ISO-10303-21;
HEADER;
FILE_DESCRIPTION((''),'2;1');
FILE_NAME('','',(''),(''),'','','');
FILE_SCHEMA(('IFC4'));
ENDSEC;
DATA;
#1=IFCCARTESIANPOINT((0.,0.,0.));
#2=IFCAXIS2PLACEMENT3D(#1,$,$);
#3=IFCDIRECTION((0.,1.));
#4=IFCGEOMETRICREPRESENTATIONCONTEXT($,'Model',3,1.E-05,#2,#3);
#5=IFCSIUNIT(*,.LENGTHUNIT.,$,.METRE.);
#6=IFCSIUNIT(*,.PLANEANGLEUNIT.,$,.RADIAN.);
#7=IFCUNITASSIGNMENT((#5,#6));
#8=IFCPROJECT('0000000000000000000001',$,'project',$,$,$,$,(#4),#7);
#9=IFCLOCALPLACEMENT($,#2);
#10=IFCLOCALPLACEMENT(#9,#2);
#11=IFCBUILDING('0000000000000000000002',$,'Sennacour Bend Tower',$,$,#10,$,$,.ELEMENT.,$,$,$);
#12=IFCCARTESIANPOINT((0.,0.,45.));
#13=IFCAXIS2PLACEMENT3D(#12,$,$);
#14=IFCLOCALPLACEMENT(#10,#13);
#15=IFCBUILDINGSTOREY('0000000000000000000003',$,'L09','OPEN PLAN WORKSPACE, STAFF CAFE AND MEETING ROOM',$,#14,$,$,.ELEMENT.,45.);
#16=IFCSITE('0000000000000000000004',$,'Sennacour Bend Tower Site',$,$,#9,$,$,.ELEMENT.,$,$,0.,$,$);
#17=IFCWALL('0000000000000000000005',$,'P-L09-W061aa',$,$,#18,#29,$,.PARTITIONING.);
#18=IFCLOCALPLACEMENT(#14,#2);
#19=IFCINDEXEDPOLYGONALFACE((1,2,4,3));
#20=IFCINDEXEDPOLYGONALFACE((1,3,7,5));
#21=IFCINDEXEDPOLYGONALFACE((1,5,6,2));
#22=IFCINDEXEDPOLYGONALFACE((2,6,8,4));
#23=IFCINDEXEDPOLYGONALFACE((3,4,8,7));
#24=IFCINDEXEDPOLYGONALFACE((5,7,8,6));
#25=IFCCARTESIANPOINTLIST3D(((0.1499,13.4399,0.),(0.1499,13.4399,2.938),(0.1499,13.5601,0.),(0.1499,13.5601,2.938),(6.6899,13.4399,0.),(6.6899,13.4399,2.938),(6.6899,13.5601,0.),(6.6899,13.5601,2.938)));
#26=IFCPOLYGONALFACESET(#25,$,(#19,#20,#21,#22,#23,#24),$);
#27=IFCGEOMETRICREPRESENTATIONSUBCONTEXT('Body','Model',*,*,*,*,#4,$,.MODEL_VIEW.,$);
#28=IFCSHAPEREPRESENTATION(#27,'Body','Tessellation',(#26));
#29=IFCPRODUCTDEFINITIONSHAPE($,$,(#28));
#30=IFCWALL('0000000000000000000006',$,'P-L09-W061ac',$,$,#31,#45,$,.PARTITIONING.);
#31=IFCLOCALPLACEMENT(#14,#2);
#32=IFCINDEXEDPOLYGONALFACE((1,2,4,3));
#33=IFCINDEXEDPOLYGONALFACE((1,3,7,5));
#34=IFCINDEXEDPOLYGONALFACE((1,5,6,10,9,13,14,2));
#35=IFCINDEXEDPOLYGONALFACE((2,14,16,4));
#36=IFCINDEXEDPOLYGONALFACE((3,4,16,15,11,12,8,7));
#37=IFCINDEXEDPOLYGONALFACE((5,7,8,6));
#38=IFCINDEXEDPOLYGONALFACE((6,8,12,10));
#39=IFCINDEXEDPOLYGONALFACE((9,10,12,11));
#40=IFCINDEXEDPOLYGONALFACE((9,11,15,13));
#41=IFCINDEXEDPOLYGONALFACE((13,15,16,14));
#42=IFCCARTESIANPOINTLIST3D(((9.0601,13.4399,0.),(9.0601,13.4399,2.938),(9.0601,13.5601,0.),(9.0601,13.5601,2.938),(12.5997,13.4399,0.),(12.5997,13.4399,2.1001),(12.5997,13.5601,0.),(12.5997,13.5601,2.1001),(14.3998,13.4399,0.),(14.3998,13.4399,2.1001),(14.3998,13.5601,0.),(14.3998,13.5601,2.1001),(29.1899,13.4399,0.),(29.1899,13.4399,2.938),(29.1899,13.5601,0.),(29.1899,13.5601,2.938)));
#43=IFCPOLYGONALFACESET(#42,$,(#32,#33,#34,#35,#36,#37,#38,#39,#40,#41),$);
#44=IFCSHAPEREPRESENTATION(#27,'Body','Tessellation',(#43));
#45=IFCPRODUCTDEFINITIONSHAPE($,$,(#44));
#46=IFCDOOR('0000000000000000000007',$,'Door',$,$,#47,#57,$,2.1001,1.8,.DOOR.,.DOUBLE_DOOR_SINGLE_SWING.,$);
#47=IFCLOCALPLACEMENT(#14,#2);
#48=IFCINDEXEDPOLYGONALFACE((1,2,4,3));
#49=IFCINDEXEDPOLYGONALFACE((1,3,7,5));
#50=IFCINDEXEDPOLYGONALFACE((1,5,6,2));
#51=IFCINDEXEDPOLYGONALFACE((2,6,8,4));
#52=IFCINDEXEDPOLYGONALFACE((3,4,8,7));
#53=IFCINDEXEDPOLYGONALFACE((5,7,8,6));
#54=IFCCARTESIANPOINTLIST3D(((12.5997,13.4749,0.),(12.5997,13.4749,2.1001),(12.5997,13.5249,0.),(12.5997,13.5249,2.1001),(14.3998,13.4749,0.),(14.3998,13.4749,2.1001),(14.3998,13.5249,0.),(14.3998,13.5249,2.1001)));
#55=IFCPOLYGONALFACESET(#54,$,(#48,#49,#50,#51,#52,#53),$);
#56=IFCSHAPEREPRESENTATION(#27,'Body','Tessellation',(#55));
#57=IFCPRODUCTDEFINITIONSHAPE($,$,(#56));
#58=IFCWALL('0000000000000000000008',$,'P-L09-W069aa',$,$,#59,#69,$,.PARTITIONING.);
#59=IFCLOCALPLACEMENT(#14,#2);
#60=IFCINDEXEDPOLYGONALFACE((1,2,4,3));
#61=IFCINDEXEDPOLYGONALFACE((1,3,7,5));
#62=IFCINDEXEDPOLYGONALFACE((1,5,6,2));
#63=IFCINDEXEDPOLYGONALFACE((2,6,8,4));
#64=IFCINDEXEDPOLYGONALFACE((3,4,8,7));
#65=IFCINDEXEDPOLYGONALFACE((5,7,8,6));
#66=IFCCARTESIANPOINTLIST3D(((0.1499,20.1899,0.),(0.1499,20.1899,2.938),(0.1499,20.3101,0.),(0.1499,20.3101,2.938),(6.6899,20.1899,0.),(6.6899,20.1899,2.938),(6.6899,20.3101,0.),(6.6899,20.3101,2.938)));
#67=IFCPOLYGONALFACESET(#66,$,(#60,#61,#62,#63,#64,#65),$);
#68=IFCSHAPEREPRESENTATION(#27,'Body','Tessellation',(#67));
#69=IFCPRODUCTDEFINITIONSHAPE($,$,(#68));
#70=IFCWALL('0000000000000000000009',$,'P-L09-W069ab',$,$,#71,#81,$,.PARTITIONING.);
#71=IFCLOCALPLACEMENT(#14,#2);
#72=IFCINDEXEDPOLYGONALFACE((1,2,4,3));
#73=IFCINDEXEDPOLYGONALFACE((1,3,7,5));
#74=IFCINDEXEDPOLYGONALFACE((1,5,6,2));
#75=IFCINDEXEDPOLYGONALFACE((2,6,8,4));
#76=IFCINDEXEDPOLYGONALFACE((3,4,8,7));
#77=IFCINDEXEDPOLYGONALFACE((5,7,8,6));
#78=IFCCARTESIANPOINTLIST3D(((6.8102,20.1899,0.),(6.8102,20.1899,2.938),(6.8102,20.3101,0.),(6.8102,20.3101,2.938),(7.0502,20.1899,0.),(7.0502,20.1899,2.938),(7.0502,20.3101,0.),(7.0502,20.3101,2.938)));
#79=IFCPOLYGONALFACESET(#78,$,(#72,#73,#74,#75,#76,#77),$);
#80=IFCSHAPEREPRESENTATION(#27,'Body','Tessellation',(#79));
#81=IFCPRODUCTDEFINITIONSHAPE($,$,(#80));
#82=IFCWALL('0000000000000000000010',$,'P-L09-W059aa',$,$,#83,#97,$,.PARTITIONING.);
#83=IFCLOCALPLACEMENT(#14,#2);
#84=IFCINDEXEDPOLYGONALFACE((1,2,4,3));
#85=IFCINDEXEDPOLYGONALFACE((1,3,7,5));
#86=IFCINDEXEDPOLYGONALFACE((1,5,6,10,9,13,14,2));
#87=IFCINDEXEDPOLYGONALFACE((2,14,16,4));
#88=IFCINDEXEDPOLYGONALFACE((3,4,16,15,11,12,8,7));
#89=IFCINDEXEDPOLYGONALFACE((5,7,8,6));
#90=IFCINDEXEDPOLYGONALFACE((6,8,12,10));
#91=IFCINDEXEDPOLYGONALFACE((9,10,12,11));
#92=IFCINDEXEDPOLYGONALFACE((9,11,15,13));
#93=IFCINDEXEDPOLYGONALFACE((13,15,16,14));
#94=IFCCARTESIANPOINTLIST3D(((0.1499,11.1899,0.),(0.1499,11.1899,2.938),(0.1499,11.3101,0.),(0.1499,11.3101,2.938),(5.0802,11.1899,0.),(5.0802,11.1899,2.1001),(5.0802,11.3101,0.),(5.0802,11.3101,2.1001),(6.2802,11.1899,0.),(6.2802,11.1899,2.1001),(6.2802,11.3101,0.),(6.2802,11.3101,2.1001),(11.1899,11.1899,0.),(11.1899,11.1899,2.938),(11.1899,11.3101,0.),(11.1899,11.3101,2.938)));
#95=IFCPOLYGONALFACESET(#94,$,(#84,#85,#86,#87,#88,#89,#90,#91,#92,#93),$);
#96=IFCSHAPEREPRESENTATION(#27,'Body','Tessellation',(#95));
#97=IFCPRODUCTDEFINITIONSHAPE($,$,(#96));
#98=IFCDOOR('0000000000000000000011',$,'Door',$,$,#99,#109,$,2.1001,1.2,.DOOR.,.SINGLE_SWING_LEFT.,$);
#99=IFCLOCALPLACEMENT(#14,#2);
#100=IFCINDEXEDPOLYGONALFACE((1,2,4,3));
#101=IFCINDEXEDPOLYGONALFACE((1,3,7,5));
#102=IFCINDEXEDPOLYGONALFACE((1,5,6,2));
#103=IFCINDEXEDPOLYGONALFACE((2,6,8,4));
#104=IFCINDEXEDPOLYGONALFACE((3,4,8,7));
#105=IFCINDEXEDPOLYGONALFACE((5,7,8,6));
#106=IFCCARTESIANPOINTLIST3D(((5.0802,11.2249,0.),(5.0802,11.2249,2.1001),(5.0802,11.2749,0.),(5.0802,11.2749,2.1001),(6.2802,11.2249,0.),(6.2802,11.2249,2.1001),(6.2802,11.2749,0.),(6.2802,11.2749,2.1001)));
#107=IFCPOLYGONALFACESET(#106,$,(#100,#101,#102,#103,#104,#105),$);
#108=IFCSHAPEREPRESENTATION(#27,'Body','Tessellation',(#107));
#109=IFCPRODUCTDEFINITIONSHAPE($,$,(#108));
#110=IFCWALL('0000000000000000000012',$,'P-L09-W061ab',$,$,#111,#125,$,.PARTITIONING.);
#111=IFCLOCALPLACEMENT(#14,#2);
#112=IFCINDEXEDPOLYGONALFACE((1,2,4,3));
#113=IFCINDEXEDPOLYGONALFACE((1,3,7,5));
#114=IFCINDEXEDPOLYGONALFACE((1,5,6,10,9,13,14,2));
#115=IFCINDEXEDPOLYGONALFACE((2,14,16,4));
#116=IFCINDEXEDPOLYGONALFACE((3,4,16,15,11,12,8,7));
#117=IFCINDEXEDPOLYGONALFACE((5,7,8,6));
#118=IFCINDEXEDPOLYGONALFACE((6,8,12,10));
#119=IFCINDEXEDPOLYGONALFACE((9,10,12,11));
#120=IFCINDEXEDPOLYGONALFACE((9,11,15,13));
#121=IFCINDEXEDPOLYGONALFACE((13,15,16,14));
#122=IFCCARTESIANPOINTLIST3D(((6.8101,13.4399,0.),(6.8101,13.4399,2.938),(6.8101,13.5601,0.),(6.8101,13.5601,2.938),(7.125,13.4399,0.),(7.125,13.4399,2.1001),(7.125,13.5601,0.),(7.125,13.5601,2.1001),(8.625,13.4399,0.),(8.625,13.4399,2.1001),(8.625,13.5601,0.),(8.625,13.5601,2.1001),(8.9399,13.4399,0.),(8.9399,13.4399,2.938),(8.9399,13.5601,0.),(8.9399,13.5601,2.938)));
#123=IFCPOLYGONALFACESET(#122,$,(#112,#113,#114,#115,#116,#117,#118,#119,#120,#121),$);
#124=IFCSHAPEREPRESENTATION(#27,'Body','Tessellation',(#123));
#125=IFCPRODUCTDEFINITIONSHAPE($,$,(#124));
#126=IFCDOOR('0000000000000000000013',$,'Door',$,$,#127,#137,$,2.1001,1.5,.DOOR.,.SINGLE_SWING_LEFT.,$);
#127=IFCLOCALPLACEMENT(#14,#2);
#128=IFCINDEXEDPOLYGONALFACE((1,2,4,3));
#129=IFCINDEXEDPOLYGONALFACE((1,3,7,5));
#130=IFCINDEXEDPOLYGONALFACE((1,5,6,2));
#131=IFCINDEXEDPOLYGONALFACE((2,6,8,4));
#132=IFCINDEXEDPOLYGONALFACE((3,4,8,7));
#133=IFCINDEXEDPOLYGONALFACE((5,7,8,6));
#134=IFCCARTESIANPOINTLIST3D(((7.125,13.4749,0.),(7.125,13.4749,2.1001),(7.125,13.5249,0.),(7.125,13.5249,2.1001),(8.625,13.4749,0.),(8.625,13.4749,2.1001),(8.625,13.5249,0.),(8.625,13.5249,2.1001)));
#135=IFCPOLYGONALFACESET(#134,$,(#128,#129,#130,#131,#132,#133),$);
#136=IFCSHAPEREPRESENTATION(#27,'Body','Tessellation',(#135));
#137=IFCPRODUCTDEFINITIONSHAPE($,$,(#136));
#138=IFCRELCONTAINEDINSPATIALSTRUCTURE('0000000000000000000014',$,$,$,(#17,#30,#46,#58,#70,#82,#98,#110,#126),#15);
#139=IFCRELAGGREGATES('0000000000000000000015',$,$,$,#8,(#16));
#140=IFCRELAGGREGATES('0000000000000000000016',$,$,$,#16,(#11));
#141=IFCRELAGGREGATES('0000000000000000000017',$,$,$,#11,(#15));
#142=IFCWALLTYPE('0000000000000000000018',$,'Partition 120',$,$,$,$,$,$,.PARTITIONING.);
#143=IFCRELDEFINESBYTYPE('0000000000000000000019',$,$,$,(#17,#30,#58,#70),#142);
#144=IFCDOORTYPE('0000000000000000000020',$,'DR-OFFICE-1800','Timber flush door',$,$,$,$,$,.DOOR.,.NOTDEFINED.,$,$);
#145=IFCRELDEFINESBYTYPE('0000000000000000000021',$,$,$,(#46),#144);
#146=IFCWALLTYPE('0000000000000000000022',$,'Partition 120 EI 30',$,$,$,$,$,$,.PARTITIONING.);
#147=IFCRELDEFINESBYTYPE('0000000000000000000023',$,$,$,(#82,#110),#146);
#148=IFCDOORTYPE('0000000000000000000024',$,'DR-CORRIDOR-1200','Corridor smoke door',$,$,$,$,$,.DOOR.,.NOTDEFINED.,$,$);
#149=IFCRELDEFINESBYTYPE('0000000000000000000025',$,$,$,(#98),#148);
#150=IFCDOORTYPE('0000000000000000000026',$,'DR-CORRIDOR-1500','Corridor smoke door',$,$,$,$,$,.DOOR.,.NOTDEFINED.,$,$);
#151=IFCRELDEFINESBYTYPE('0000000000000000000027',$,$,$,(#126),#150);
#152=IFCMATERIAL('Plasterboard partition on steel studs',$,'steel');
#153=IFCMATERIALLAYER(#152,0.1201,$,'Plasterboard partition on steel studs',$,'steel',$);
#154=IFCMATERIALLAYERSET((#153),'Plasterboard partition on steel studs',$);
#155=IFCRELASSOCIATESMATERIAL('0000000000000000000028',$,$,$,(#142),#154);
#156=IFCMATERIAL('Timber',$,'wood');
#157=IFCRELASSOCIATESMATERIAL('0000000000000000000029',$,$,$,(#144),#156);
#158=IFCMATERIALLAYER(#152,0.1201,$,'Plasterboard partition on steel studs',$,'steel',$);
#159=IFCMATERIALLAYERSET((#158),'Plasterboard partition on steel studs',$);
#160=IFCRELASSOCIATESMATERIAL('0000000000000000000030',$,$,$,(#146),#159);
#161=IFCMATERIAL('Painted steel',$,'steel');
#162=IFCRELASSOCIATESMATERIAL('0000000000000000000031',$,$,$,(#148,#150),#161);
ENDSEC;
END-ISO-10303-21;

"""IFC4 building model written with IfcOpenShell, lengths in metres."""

from ifc_helpers import new_model, si_unit, direction, frame, frame_2d, origin, place, context, subcontext, project, spatial, rectangle, extrude, material, layer, layer_set, type_object, element, fill, save


model = new_model("IFC4")

# Units and contexts
model_context = context("Model", 3, precision=1e-05, world=origin(), true_north=direction((0.0, 1.0)))
body_context = subcontext(model_context, "Body", "Model", "MODEL_VIEW")
ifc_project = project(units=[si_unit("LENGTHUNIT", "METRE"), si_unit("PLANEANGLEUNIT", "RADIAN")], contexts=[model_context])

# Site, building, storey
site_placement = place(None, origin())
site = spatial("IfcSite", under=ifc_project, at=site_placement, Name="Sennacour Bend Tower Site", CompositionType="ELEMENT", RefElevation=0.0)
building_placement = place(site_placement, origin())
building = spatial("IfcBuilding", under=site, at=building_placement, Name="Sennacour Bend Tower", CompositionType="ELEMENT")
storey_placement = place(building_placement, frame((0.0, 0.0, 45.0)))
storey = spatial("IfcBuildingStorey", under=building, at=storey_placement, Name="L09", Description="OPEN PLAN WORKSPACE, STAFF CAFE AND MEETING ROOM", CompositionType="ELEMENT", Elevation=45.0)

# Shared definitions
ifc_material_1 = material(Name="Plasterboard partition on steel studs", Category="steel")
ifc_layer_1 = layer(ifc_material_1, 0.1201, Name="Plasterboard partition on steel studs", Category="steel")
ifc_layer_set_1 = layer_set([ifc_layer_1], Name="Plasterboard partition on steel studs")
wall_type_1 = type_object("IfcWallType", Name="Partition 120", PredefinedType="PARTITIONING", material=ifc_layer_set_1)
ifc_material_2 = material(Name="Timber", Category="wood")

# Wall
wall_1_placement = place(storey_placement, frame((0.1499, 13.5, 0.0), z_axis=(0.0, 0.0, 1.0), x_axis=(1.0, 0.0, 0.0)))
element("IfcWall", 1, at=wall_1_placement, inside=storey, type_object=wall_type_1, Name="P-L09-W061aa", PredefinedType="PARTITIONING", context=body_context, shape_type="SweptSolid", body=[
    extrude(rectangle(XDim=6.54, YDim=0.1201, at=frame_2d((3.27, 0.0))), origin(), (0.0, 0.0, 1.0), 2.938),
])

# Wall, opening, door
wall_2_placement = place(storey_placement, frame((9.0601, 13.5, 0.0), z_axis=(0.0, 0.0, 1.0), x_axis=(1.0, 0.0, 0.0)))
wall_2 = element("IfcWall", 2, at=wall_2_placement, inside=storey, type_object=wall_type_1, Name="P-L09-W061ac", PredefinedType="PARTITIONING", context=body_context, shape_type="SweptSolid", body=[
    extrude(rectangle(XDim=20.1299, YDim=0.1201, at=frame_2d((10.0649, 0.0))), origin(), (0.0, 0.0, 1.0), 2.938),
])
opening_1_placement = place(wall_2_placement, frame((3.5398, 0.0, 0.0)))
opening_1 = element("IfcOpeningElement", 3, at=opening_1_placement, cuts=wall_2, PredefinedType="OPENING", context=body_context, shape_type="SweptSolid", body=[
    extrude(rectangle(XDim=1.8, YDim=2.1001, at=frame_2d((0.8999, 1.05))), frame((0.0, 0.0701, 0.0), z_axis=(0.0, -1.0, 0.0), x_axis=(1.0, 0.0, 0.0)), (0.0, 0.0, 1.0), 0.1401),
])
door_type_1 = type_object("IfcDoorType", Name="DR-OFFICE-1800", Description="Timber flush door", OperationType="NOTDEFINED", PredefinedType="DOOR", material=ifc_material_2)
door_1_placement = place(opening_1_placement, origin())
door_1 = element("IfcDoor", 4, at=door_1_placement, inside=storey, type_object=door_type_1, Name="Door", OperationType="DOUBLE_DOOR_SINGLE_SWING", OverallHeight=2.1001, OverallWidth=1.8, PredefinedType="DOOR", context=body_context, shape_type="SweptSolid", body=[
    extrude(rectangle(XDim=1.8, YDim=2.1001, at=frame_2d((0.8999, 1.05))), frame((0.0, 0.0249, 0.0), z_axis=(0.0, -1.0, 0.0), x_axis=(1.0, 0.0, 0.0)), (0.0, 0.0, 1.0), 0.05),
])
fill(opening_1, door_1)

# Walls
wall_3_placement = place(storey_placement, frame((0.1499, 20.25, 0.0), z_axis=(0.0, 0.0, 1.0), x_axis=(1.0, 0.0, 0.0)))
element("IfcWall", 5, at=wall_3_placement, inside=storey, type_object=wall_type_1, Name="P-L09-W069aa", PredefinedType="PARTITIONING", context=body_context, shape_type="SweptSolid", body=[
    extrude(rectangle(XDim=6.54, YDim=0.1201, at=frame_2d((3.27, 0.0))), origin(), (0.0, 0.0, 1.0), 2.938),
])
wall_4_placement = place(storey_placement, frame((6.8101, 20.25, 0.0), z_axis=(0.0, 0.0, 1.0), x_axis=(1.0, 0.0, 0.0)))
element("IfcWall", 6, at=wall_4_placement, inside=storey, type_object=wall_type_1, Name="P-L09-W069ab", PredefinedType="PARTITIONING", context=body_context, shape_type="SweptSolid", body=[
    extrude(rectangle(XDim=0.24, YDim=0.1201, at=frame_2d((0.1201, 0.0))), origin(), (0.0, 0.0, 1.0), 2.938),
])

# Walls, openings, doors
ifc_layer_2 = layer(ifc_material_1, 0.1201, Name="Plasterboard partition on steel studs", Category="steel")
ifc_layer_set_2 = layer_set([ifc_layer_2], Name="Plasterboard partition on steel studs")
wall_type_2 = type_object("IfcWallType", Name="Partition 120 EI 30", PredefinedType="PARTITIONING", material=ifc_layer_set_2)
wall_5_placement = place(storey_placement, frame((0.1499, 11.25, 0.0), z_axis=(0.0, 0.0, 1.0), x_axis=(1.0, 0.0, 0.0)))
wall_5 = element("IfcWall", 7, at=wall_5_placement, inside=storey, type_object=wall_type_2, Name="P-L09-W059aa", PredefinedType="PARTITIONING", context=body_context, shape_type="SweptSolid", body=[
    extrude(rectangle(XDim=11.04, YDim=0.1201, at=frame_2d((5.52, 0.0))), origin(), (0.0, 0.0, 1.0), 2.938),
])
opening_2_placement = place(wall_5_placement, frame((4.9302, 0.0, 0.0)))
opening_2 = element("IfcOpeningElement", 8, at=opening_2_placement, cuts=wall_5, PredefinedType="OPENING", context=body_context, shape_type="SweptSolid", body=[
    extrude(rectangle(XDim=1.2, YDim=2.1001, at=frame_2d((0.6001, 1.05))), frame((0.0, 0.0701, 0.0), z_axis=(0.0, -1.0, 0.0), x_axis=(1.0, 0.0, 0.0)), (0.0, 0.0, 1.0), 0.1401),
])
ifc_material_3 = material(Name="Painted steel", Category="steel")
door_type_2 = type_object("IfcDoorType", Name="DR-CORRIDOR-1200", Description="Corridor smoke door", OperationType="NOTDEFINED", PredefinedType="DOOR", material=ifc_material_3)
door_2_placement = place(opening_2_placement, origin())
door_2 = element("IfcDoor", 9, at=door_2_placement, inside=storey, type_object=door_type_2, Name="Door", OperationType="SINGLE_SWING_LEFT", OverallHeight=2.1001, OverallWidth=1.2, PredefinedType="DOOR", context=body_context, shape_type="SweptSolid", body=[
    extrude(rectangle(XDim=1.2, YDim=2.1001, at=frame_2d((0.6001, 1.05))), frame((0.0, 0.0249, 0.0), z_axis=(0.0, -1.0, 0.0), x_axis=(1.0, 0.0, 0.0)), (0.0, 0.0, 1.0), 0.05),
])
fill(opening_2, door_2)
wall_6_placement = place(storey_placement, frame((6.8101, 13.5, 0.0), z_axis=(0.0, 0.0, 1.0), x_axis=(1.0, 0.0, 0.0)))
wall_6 = element("IfcWall", 10, at=wall_6_placement, inside=storey, type_object=wall_type_2, Name="P-L09-W061ab", PredefinedType="PARTITIONING", context=body_context, shape_type="SweptSolid", body=[
    extrude(rectangle(XDim=2.1299, YDim=0.1201, at=frame_2d((1.0649, 0.0))), origin(), (0.0, 0.0, 1.0), 2.938),
])
opening_3_placement = place(wall_6_placement, frame((0.3149, 0.0, 0.0)))
opening_3 = element("IfcOpeningElement", 11, at=opening_3_placement, cuts=wall_6, PredefinedType="OPENING", context=body_context, shape_type="SweptSolid", body=[
    extrude(rectangle(XDim=1.5, YDim=2.1001, at=frame_2d((0.75, 1.05))), frame((0.0, 0.0701, 0.0), z_axis=(0.0, -1.0, 0.0), x_axis=(1.0, 0.0, 0.0)), (0.0, 0.0, 1.0), 0.1401),
])
door_type_3 = type_object("IfcDoorType", Name="DR-CORRIDOR-1500", Description="Corridor smoke door", OperationType="NOTDEFINED", PredefinedType="DOOR", material=ifc_material_3)
door_3_placement = place(opening_3_placement, origin())
door_3 = element("IfcDoor", 12, at=door_3_placement, inside=storey, type_object=door_type_3, Name="Door", OperationType="SINGLE_SWING_LEFT", OverallHeight=2.1001, OverallWidth=1.5, PredefinedType="DOOR", context=body_context, shape_type="SweptSolid", body=[
    extrude(rectangle(XDim=1.5, YDim=2.1001, at=frame_2d((0.75, 1.05))), frame((0.0, 0.0249, 0.0), z_axis=(0.0, -1.0, 0.0), x_axis=(1.0, 0.0, 0.0)), (0.0, 0.0, 1.0), 0.05),
])
fill(opening_3, door_3)

save(model, "model.ifc")
